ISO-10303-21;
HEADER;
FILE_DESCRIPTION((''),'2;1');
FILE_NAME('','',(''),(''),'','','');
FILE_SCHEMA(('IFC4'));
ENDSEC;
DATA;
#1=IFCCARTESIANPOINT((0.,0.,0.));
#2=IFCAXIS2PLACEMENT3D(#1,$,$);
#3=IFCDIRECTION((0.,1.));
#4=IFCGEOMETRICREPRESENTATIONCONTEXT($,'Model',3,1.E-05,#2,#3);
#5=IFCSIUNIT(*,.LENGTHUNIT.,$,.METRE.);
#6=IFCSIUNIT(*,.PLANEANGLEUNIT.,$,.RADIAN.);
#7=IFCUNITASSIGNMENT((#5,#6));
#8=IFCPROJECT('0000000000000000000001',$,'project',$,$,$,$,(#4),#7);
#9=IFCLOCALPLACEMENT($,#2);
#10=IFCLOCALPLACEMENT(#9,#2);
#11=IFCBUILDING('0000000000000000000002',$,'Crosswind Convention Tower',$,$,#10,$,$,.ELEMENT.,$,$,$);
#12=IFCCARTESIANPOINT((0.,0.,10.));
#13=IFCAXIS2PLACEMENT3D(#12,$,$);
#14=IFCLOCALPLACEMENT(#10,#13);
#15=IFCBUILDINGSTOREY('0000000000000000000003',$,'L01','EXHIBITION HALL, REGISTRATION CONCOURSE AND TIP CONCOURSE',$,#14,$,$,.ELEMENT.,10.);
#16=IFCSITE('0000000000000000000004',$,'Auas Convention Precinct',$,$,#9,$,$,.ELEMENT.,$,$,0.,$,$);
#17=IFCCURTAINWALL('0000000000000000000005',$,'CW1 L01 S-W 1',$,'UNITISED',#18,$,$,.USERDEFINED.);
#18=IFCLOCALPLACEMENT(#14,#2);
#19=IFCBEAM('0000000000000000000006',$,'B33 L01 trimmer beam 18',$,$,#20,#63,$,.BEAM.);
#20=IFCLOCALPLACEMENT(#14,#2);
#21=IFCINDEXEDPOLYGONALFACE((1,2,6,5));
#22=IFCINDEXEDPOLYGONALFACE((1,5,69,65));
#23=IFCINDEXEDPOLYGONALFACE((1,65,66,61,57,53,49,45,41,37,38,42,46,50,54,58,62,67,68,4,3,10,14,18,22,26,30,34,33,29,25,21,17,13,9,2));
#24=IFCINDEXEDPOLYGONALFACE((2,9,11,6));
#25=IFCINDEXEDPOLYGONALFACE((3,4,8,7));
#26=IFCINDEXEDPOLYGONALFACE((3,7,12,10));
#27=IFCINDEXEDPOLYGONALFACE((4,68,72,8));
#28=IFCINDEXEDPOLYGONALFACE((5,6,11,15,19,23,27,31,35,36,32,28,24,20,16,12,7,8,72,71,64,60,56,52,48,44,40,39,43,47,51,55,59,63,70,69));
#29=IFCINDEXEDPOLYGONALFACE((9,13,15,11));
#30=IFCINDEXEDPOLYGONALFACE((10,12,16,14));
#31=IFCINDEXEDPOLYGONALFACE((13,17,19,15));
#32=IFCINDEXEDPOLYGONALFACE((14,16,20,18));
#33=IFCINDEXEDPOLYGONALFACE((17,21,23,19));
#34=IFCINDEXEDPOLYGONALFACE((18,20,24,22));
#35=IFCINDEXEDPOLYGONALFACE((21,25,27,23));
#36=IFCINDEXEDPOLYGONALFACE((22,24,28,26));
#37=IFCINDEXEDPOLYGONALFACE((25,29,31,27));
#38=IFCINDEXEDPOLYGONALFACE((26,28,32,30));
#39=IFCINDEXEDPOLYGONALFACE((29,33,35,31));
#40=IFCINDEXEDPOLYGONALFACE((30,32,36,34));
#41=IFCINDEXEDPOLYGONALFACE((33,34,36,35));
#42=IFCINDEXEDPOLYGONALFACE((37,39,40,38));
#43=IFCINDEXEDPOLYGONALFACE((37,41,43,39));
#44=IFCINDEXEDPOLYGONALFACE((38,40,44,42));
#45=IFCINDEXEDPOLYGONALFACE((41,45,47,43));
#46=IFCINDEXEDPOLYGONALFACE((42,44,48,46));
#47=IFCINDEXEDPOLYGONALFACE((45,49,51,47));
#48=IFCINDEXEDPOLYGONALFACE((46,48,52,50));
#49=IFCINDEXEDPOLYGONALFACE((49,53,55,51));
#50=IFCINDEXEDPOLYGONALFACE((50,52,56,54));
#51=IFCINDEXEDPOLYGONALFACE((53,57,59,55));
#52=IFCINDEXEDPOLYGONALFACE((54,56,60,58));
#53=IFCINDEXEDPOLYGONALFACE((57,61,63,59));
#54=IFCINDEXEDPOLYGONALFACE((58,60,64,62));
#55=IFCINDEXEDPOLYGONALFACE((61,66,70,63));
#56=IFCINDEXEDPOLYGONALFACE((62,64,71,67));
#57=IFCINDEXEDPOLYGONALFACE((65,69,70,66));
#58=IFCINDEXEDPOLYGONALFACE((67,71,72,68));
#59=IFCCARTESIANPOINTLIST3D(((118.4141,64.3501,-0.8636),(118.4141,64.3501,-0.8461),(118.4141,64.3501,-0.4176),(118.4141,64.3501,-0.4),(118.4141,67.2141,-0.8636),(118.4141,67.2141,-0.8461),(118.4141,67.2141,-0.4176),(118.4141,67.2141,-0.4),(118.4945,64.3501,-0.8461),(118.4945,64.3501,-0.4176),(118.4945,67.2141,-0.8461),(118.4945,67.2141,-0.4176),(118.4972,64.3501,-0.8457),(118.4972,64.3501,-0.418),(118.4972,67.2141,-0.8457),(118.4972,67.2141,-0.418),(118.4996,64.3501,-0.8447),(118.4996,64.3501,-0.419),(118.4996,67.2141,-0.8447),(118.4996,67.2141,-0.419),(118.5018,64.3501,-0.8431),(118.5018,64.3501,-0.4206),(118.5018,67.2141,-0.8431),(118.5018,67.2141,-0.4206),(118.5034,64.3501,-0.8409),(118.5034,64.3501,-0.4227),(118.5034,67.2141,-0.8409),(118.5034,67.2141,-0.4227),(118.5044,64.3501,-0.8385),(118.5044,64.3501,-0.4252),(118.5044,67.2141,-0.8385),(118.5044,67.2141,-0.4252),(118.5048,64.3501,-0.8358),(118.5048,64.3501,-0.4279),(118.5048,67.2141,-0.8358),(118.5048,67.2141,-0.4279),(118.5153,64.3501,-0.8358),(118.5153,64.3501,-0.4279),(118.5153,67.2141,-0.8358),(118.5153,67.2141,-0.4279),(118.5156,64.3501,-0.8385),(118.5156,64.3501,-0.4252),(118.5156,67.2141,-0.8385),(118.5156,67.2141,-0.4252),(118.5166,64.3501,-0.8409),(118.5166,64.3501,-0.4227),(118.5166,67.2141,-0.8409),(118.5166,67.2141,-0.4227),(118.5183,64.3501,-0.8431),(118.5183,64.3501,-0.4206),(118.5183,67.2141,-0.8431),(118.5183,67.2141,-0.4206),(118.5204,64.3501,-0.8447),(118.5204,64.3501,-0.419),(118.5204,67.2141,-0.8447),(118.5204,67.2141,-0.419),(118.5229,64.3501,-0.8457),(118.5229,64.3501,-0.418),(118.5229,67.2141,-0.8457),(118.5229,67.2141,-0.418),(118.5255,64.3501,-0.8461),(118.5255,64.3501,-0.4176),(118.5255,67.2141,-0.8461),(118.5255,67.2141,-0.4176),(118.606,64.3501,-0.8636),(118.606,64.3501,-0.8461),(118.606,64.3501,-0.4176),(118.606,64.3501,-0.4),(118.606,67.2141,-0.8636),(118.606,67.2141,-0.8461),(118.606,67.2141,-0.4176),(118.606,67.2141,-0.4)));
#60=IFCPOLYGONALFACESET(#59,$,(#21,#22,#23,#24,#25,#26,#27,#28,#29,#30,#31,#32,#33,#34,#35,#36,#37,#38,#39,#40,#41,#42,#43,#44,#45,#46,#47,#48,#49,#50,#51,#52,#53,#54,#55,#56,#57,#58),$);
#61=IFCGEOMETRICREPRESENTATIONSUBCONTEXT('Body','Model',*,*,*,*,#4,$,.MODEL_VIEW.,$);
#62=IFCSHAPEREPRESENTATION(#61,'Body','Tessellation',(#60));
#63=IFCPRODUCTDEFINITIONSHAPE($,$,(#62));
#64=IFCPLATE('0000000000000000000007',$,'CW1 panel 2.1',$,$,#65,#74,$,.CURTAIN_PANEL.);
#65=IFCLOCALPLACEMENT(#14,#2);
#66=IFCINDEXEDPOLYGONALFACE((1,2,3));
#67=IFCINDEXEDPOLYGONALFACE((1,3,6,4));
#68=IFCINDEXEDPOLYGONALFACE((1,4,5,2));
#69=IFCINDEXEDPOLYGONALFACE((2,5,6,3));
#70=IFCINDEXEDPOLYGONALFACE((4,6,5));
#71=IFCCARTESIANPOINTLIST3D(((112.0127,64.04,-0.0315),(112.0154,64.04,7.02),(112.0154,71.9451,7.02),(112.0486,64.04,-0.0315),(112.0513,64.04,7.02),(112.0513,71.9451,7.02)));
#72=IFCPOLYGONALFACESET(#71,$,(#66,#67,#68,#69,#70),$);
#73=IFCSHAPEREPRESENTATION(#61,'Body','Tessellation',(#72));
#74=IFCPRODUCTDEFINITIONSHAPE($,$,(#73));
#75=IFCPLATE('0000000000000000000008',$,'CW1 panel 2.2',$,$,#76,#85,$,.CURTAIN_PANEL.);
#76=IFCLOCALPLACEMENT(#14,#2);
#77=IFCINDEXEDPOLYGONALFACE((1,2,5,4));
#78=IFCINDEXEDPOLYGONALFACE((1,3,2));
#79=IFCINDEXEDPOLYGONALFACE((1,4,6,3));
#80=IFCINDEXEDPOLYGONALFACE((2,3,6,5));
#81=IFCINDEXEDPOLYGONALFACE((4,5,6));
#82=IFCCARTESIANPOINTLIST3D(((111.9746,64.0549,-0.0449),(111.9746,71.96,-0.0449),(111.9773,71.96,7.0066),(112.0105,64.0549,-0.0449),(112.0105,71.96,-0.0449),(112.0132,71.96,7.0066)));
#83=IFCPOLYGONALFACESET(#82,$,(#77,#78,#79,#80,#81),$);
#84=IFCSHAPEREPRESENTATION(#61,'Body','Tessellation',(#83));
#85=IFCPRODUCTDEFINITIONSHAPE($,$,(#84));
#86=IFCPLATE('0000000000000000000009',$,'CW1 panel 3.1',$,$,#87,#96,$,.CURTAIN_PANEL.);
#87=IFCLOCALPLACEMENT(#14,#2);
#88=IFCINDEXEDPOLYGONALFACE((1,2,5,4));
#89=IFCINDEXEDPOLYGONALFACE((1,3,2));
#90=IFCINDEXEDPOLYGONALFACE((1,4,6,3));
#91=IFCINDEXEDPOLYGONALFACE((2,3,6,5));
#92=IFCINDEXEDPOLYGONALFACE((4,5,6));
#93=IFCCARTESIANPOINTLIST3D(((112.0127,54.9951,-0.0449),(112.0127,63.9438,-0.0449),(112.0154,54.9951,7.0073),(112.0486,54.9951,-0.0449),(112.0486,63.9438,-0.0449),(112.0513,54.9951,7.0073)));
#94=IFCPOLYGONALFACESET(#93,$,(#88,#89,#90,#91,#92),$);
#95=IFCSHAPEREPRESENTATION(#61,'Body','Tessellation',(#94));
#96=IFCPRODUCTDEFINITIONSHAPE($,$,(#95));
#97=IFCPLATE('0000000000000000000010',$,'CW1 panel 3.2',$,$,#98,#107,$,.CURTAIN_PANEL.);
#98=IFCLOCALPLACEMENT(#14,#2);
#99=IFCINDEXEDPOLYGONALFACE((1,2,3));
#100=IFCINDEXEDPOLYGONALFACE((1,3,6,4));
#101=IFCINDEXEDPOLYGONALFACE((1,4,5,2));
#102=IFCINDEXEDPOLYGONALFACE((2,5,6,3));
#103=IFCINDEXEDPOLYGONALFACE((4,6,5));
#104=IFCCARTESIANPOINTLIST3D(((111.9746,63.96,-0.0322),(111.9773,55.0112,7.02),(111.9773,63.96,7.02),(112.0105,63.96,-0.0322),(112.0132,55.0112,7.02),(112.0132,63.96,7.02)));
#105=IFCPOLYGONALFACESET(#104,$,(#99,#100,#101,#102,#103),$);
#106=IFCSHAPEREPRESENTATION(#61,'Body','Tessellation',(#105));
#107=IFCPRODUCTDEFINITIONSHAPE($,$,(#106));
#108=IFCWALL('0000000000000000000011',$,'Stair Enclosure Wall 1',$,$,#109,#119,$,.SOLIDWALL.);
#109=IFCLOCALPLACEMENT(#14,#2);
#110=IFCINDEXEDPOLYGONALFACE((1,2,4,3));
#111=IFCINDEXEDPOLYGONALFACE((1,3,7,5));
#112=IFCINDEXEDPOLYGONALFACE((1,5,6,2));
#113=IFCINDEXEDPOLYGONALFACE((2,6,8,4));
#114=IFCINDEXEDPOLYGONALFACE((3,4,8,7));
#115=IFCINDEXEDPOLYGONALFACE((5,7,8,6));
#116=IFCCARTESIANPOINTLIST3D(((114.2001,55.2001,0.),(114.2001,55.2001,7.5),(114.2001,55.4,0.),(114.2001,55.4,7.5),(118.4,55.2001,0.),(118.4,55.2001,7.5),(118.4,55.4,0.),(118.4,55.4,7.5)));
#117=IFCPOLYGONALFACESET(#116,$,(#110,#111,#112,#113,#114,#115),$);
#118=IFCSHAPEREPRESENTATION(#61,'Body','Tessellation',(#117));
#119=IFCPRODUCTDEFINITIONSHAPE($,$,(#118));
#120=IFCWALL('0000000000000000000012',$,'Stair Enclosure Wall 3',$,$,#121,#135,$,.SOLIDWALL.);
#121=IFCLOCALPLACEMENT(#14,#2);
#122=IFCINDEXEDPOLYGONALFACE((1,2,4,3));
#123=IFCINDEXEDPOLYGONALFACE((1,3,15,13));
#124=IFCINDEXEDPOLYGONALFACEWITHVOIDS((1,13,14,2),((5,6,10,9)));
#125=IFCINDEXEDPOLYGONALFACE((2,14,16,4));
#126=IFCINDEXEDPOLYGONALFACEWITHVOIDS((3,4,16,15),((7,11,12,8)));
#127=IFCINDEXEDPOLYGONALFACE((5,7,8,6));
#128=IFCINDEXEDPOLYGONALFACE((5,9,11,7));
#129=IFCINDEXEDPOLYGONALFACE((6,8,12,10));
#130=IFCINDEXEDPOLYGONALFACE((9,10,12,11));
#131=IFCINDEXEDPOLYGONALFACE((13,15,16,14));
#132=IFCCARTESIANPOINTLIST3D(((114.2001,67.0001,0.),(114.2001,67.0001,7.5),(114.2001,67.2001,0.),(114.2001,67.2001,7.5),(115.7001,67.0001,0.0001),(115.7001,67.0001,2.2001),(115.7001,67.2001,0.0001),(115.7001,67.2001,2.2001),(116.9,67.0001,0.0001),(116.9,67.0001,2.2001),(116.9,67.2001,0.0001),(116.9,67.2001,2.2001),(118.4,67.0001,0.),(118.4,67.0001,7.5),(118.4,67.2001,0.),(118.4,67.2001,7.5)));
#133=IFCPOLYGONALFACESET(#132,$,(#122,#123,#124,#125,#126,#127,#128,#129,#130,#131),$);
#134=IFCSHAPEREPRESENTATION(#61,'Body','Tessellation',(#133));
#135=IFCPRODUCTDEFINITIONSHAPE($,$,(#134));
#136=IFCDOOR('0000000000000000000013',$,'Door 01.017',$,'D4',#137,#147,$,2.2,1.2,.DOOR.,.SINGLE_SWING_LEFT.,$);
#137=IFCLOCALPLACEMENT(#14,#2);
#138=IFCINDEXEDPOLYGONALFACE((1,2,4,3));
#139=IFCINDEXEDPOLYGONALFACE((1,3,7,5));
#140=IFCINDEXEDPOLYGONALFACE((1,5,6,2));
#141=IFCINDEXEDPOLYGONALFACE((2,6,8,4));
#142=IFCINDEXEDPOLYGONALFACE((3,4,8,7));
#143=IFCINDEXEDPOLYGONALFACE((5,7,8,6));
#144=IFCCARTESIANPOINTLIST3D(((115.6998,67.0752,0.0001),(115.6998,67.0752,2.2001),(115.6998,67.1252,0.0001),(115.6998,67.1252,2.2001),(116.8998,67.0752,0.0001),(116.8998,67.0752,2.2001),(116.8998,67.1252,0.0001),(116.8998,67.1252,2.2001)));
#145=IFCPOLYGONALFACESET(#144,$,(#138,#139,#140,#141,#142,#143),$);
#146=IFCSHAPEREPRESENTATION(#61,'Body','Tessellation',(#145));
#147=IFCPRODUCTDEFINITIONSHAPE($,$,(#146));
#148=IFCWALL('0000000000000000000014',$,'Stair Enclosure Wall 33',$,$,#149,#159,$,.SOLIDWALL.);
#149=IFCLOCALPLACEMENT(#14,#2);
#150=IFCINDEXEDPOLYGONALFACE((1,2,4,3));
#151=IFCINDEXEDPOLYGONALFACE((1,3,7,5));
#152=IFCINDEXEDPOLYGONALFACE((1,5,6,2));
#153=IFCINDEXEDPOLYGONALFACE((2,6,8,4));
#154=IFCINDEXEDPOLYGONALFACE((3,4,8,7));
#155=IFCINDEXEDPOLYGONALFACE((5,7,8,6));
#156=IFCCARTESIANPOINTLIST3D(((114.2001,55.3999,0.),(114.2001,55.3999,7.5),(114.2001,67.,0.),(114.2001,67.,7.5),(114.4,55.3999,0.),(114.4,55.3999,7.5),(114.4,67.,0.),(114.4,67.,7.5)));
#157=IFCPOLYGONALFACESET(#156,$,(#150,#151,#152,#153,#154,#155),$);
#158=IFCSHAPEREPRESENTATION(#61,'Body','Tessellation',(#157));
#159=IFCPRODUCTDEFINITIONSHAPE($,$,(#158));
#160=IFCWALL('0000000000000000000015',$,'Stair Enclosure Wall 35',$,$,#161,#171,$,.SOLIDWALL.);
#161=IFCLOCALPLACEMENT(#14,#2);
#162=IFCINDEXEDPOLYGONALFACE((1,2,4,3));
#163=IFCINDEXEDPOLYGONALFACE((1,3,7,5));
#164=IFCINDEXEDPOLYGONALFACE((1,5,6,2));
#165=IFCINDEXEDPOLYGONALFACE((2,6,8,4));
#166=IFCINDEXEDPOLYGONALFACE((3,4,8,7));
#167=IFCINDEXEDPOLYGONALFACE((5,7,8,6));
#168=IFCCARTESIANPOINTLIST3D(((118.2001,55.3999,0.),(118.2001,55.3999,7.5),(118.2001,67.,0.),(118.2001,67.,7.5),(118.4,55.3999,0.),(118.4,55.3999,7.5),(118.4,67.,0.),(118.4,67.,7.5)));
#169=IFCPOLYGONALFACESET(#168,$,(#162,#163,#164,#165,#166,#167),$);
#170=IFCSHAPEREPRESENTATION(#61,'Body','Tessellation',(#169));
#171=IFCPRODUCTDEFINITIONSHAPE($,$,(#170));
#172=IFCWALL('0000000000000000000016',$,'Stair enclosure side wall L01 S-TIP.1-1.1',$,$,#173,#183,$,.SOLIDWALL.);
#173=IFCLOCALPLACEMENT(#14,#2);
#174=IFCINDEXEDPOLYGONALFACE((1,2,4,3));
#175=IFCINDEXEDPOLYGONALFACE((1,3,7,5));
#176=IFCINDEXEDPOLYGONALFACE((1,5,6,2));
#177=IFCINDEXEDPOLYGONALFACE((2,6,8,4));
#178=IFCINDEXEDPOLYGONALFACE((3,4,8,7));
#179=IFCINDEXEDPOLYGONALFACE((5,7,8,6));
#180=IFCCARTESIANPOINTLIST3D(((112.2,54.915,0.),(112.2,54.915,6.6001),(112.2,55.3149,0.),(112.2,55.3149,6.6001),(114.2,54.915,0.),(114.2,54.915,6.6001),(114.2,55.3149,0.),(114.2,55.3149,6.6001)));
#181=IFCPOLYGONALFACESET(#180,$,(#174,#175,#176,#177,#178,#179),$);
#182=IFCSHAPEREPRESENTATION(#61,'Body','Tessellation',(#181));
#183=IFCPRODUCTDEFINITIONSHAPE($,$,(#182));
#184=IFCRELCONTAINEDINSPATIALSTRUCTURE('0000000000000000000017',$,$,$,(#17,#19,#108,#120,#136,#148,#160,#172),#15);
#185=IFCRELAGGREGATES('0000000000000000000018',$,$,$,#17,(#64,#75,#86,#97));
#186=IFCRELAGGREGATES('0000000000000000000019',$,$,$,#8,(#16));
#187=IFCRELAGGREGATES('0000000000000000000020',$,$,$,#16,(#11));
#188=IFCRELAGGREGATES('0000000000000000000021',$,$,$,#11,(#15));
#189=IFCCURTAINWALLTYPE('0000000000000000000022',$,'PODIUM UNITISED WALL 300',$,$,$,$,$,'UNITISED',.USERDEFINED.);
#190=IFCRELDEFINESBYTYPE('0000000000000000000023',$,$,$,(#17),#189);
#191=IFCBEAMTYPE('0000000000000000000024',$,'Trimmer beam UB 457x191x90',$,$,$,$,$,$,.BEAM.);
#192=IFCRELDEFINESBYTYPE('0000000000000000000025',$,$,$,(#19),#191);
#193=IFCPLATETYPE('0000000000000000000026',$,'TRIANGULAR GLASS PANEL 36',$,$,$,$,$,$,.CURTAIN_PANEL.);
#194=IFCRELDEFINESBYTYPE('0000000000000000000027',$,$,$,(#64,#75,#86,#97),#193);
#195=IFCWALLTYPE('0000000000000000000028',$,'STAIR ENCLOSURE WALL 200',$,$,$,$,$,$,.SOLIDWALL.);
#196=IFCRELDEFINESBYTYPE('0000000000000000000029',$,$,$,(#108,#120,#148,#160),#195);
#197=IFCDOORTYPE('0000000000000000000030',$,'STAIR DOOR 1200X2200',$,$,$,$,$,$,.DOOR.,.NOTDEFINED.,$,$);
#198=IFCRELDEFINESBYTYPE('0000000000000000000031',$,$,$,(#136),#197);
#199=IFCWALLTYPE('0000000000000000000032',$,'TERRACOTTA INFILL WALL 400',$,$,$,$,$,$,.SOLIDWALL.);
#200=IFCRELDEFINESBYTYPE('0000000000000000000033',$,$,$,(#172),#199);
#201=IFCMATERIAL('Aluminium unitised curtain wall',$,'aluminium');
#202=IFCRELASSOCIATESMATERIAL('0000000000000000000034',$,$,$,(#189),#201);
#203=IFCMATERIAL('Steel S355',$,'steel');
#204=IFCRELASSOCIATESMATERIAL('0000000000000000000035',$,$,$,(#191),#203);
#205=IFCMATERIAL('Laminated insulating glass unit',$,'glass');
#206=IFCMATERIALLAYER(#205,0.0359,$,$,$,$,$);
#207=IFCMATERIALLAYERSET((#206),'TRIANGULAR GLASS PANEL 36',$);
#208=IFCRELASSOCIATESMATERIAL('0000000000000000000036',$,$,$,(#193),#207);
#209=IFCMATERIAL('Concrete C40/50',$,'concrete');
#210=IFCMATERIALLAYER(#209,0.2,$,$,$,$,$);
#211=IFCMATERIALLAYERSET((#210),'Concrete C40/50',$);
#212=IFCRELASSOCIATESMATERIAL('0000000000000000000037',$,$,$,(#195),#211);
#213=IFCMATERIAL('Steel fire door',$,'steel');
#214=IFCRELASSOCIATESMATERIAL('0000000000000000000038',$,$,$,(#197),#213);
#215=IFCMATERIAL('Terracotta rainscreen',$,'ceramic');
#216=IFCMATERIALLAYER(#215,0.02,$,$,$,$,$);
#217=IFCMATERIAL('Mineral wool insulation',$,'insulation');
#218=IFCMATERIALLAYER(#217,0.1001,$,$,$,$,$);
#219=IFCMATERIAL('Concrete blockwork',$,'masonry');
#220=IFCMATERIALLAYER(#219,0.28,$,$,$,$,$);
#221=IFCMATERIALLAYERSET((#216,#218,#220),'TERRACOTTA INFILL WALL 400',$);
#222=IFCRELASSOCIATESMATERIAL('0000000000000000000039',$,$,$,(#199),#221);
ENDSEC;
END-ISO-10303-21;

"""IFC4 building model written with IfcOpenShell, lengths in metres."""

from ifc_helpers import new_model, si_unit, direction, frame, frame_2d, origin, origin_2d, place, context, subcontext, project, spatial, polyline, rectangle, i_section, outline, extrude, material, layer, layer_set, material_profile, profile_set, type_object, element, fill, aggregate, save


model = new_model("IFC4")

# Units and contexts
model_context = context("Model", 3, precision=1e-05, world=origin(), true_north=direction((0.0, 1.0)))
body_context = subcontext(model_context, "Body", "Model", "MODEL_VIEW")
ifc_project = project(units=[si_unit("LENGTHUNIT", "METRE"), si_unit("PLANEANGLEUNIT", "RADIAN")], contexts=[model_context])

# Site, building, storey
site_placement = place(None, origin())
site = spatial("IfcSite", under=ifc_project, at=site_placement, Name="Auas Convention Precinct", CompositionType="ELEMENT", RefElevation=0.0)
building_placement = place(site_placement, origin())
building = spatial("IfcBuilding", under=site, at=building_placement, Name="Crosswind Convention Tower", CompositionType="ELEMENT")
storey_placement = place(building_placement, frame((0.0, 0.0, 10.0)))
storey = spatial("IfcBuildingStorey", under=building, at=storey_placement, Name="L01", Description="EXHIBITION HALL, REGISTRATION CONCOURSE AND TIP CONCOURSE", CompositionType="ELEMENT", Elevation=10.0)

# Shared definitions
ifc_material_1 = material(Name="Steel S355", Category="steel")

# Curtain wall
ifc_material_2 = material(Name="Aluminium unitised curtain wall", Category="aluminium")
curtain_wall_type = type_object("IfcCurtainWallType", Name="PODIUM UNITISED WALL 300", ElementType="UNITISED", PredefinedType="USERDEFINED", material=ifc_material_2)
curtain_wall_placement = place(storey_placement, origin())
curtain_wall = element("IfcCurtainWall", 1, at=curtain_wall_placement, inside=storey, type_object=curtain_wall_type, Name="CW1 L01 S-W 1", ObjectType="UNITISED", PredefinedType="USERDEFINED")

# Beam
ifc_material_profile_1 = material_profile(ifc_material_1, i_section(OverallWidth=0.1919, OverallDepth=0.4636, WebThickness=0.0105, FlangeThickness=0.0176, FilletRadius=0.0103, at=origin_2d()), Name="UB 457x191x90")
ifc_profile_set_1 = profile_set([ifc_material_profile_1], Name="Steel S355")
beam_type_1 = type_object("IfcBeamType", Name="Trimmer beam UB 457x191x90", PredefinedType="BEAM", material=ifc_profile_set_1)
beam_1_placement = place(storey_placement, frame((118.51, 67.2141, -0.6318), z_axis=(0.0, -1.0, 0.0), x_axis=(1.0, 0.0, 0.0)))
element("IfcBeam", 2, at=beam_1_placement, inside=storey, type_object=beam_type_1, Name="B33 L01 trimmer beam 18", PredefinedType="BEAM", context=body_context, shape_type="SweptSolid", body=[
    extrude(i_section(OverallWidth=0.1919, OverallDepth=0.4636, WebThickness=0.0105, FlangeThickness=0.0176, FilletRadius=0.0103, at=origin_2d()), origin(), (0.0, 0.0, 1.0), 2.864),
])

# Plates
ifc_material_3 = material(Name="Laminated insulating glass unit", Category="glass")
ifc_layer_1 = layer(ifc_material_3, 0.0359)
ifc_layer_set_1 = layer_set([ifc_layer_1], Name="TRIANGULAR GLASS PANEL 36")
plate_type = type_object("IfcPlateType", Name="TRIANGULAR GLASS PANEL 36", PredefinedType="CURTAIN_PANEL", material=ifc_layer_set_1)
plate_1_placement = place(storey_placement, frame((112.0154, 64.04, 7.02), z_axis=(-1.0, 0.0, 0.000381), x_axis=(0.0, 1.0, 0.0)))
plate_1 = element("IfcPlate", 3, at=plate_1_placement, type_object=plate_type, Name="CW1 panel 2.1", PredefinedType="CURTAIN_PANEL", context=body_context, shape_type="SweptSolid", body=[
    extrude(outline(polyline([(0.0, 0.0), (7.905, 0.0), (0.0, 7.0515), (0.0, 0.0)])), origin(), (0.0, 0.0, -1.0), 0.0359),
])
plate_2_placement = place(storey_placement, frame((111.9746, 71.96, -0.0449), z_axis=(-1.0, 0.0, 0.000381), x_axis=(0.0, -1.0, 0.0)))
plate_2 = element("IfcPlate", 4, at=plate_2_placement, type_object=plate_type, Name="CW1 panel 2.2", PredefinedType="CURTAIN_PANEL", context=body_context, shape_type="SweptSolid", body=[
    extrude(outline(polyline([(0.0, 0.0), (7.905, 0.0), (0.0, 7.0515), (0.0, 0.0)])), origin(), (0.0, 0.0, -1.0), 0.0359),
])
plate_3_placement = place(storey_placement, frame((112.0127, 54.9951, -0.0449), z_axis=(-1.0, 0.0, 0.000381), x_axis=(0.000381, 0.0, 1.0)))
plate_3 = element("IfcPlate", 5, at=plate_3_placement, type_object=plate_type, Name="CW1 panel 3.1", PredefinedType="CURTAIN_PANEL", context=body_context, shape_type="SweptSolid", body=[
    extrude(outline(polyline([(0.0, 0.0), (7.0522, 0.0), (0.0, 8.9487), (0.0, 0.0)])), origin(), (0.0, 0.0, -1.0), 0.0359),
])
plate_4_placement = place(storey_placement, frame((111.9773, 63.96, 7.02), z_axis=(-1.0, 0.0, 0.000381), x_axis=(-0.000381, 0.0, -1.0)))
plate_4 = element("IfcPlate", 6, at=plate_4_placement, type_object=plate_type, Name="CW1 panel 3.2", PredefinedType="CURTAIN_PANEL", context=body_context, shape_type="SweptSolid", body=[
    extrude(outline(polyline([(0.0, 0.0), (7.0522, 0.0), (0.0, 8.9487), (0.0, 0.0)])), origin(), (0.0, 0.0, -1.0), 0.0359),
])
aggregate(curtain_wall, [plate_1, plate_2, plate_3, plate_4])

# Wall
ifc_material_4 = material(Name="Concrete C40/50", Category="concrete")
ifc_layer_2 = layer(ifc_material_4, 0.2)
ifc_layer_set_2 = layer_set([ifc_layer_2], Name="Concrete C40/50")
wall_type_1 = type_object("IfcWallType", Name="STAIR ENCLOSURE WALL 200", PredefinedType="SOLIDWALL", material=ifc_layer_set_2)
wall_1_placement = place(storey_placement, frame((114.2, 55.3, 0.0), z_axis=(0.0, 0.0, 1.0), x_axis=(1.0, 0.0, 0.0)))
element("IfcWall", 7, at=wall_1_placement, inside=storey, type_object=wall_type_1, Name="Stair Enclosure Wall 1", PredefinedType="SOLIDWALL", context=body_context, shape_type="SweptSolid", body=[
    extrude(rectangle(XDim=4.2, YDim=0.2, at=frame_2d((2.1001, 0.0))), origin(), (0.0, 0.0, 1.0), 7.5),
])

# Wall, opening, door
wall_2_placement = place(storey_placement, frame((114.2, 67.1001, 0.0), z_axis=(0.0, 0.0, 1.0), x_axis=(1.0, 0.0, 0.0)))
wall_2 = element("IfcWall", 8, at=wall_2_placement, inside=storey, type_object=wall_type_1, Name="Stair Enclosure Wall 3", PredefinedType="SOLIDWALL", context=body_context, shape_type="SweptSolid", body=[
    extrude(rectangle(XDim=4.2, YDim=0.2, at=frame_2d((2.1001, 0.0))), origin(), (0.0, 0.0, 1.0), 7.5),
])
opening_placement = place(wall_2_placement, frame((1.5, 0.0, 0.0)))
opening = element("IfcOpeningElement", 9, at=opening_placement, cuts=wall_2, PredefinedType="OPENING", context=body_context, shape_type="SweptSolid", body=[
    extrude(rectangle(XDim=1.2, YDim=2.2, at=frame_2d((0.6001, 1.1001))), frame((0.0, 0.1099, 0.0), z_axis=(0.0, -1.0, 0.0), x_axis=(1.0, 0.0, 0.0)), (0.0, 0.0, 1.0), 0.22),
])
ifc_material_5 = material(Name="Steel fire door", Category="steel")
door_type = type_object("IfcDoorType", Name="STAIR DOOR 1200X2200", OperationType="NOTDEFINED", PredefinedType="DOOR", material=ifc_material_5)
door_placement = place(opening_placement, frame((1.2, 0.0, 0.0), z_axis=(0.0, 0.0, 1.0), x_axis=(-1.0, 0.0, 0.0)))
door = element("IfcDoor", 10, at=door_placement, inside=storey, type_object=door_type, Name="Door 01.017", ObjectType="D4", OperationType="SINGLE_SWING_LEFT", OverallHeight=2.2, OverallWidth=1.2, PredefinedType="DOOR", context=body_context, shape_type="SweptSolid", body=[
    extrude(rectangle(XDim=1.2, YDim=2.2, at=frame_2d((0.6001, 1.1001))), frame((0.0, 0.0249, 0.0), z_axis=(0.0, -1.0, 0.0), x_axis=(1.0, 0.0, 0.0)), (0.0, 0.0, 1.0), 0.05),
])
fill(opening, door)

# Walls
for number, where, z_axis, x_axis, name in (
    (11, (114.3, 55.3999, 0.0), (0.0, 0.0, 1.0), (0.0, 1.0, 0.0), "Stair Enclosure Wall 33"),
    (12, (118.3, 55.3999, 0.0), (0.0, 0.0, 1.0), (0.0, 1.0, 0.0), "Stair Enclosure Wall 35"),
):
    element("IfcWall", number, at=place(storey_placement, frame(where, z_axis=z_axis, x_axis=x_axis)), inside=storey, type_object=wall_type_1, Name=name, PredefinedType="SOLIDWALL", context=body_context, shape_type="SweptSolid", body=[
        extrude(rectangle(XDim=11.6001, YDim=0.2, at=frame_2d((5.8, 0.0))), origin(), (0.0, 0.0, 1.0), 7.5),
    ])
ifc_material_6 = material(Name="Terracotta rainscreen", Category="ceramic")
ifc_layer_3 = layer(ifc_material_6, 0.02)
ifc_material_7 = material(Name="Mineral wool insulation", Category="insulation")
ifc_layer_4 = layer(ifc_material_7, 0.1001)
ifc_material_8 = material(Name="Concrete blockwork", Category="masonry")
ifc_layer_5 = layer(ifc_material_8, 0.28)
ifc_layer_set_3 = layer_set([ifc_layer_3, ifc_layer_4, ifc_layer_5], Name="TERRACOTTA INFILL WALL 400")
wall_type_2 = type_object("IfcWallType", Name="TERRACOTTA INFILL WALL 400", PredefinedType="SOLIDWALL", material=ifc_layer_set_3)
wall_3_placement = place(storey_placement, frame((112.2, 55.115, 0.0), z_axis=(0.0, 0.0, 1.0), x_axis=(1.0, 0.0, 0.0)))
element("IfcWall", 13, at=wall_3_placement, inside=storey, type_object=wall_type_2, Name="Stair enclosure side wall L01 S-TIP.1-1.1", PredefinedType="SOLIDWALL", context=body_context, shape_type="SweptSolid", body=[
    extrude(rectangle(XDim=2.0, YDim=0.3999, at=frame_2d((1.0, 0.0))), origin(), (0.0, 0.0, 1.0), 6.6001),
])

save(model, "model.ifc")
